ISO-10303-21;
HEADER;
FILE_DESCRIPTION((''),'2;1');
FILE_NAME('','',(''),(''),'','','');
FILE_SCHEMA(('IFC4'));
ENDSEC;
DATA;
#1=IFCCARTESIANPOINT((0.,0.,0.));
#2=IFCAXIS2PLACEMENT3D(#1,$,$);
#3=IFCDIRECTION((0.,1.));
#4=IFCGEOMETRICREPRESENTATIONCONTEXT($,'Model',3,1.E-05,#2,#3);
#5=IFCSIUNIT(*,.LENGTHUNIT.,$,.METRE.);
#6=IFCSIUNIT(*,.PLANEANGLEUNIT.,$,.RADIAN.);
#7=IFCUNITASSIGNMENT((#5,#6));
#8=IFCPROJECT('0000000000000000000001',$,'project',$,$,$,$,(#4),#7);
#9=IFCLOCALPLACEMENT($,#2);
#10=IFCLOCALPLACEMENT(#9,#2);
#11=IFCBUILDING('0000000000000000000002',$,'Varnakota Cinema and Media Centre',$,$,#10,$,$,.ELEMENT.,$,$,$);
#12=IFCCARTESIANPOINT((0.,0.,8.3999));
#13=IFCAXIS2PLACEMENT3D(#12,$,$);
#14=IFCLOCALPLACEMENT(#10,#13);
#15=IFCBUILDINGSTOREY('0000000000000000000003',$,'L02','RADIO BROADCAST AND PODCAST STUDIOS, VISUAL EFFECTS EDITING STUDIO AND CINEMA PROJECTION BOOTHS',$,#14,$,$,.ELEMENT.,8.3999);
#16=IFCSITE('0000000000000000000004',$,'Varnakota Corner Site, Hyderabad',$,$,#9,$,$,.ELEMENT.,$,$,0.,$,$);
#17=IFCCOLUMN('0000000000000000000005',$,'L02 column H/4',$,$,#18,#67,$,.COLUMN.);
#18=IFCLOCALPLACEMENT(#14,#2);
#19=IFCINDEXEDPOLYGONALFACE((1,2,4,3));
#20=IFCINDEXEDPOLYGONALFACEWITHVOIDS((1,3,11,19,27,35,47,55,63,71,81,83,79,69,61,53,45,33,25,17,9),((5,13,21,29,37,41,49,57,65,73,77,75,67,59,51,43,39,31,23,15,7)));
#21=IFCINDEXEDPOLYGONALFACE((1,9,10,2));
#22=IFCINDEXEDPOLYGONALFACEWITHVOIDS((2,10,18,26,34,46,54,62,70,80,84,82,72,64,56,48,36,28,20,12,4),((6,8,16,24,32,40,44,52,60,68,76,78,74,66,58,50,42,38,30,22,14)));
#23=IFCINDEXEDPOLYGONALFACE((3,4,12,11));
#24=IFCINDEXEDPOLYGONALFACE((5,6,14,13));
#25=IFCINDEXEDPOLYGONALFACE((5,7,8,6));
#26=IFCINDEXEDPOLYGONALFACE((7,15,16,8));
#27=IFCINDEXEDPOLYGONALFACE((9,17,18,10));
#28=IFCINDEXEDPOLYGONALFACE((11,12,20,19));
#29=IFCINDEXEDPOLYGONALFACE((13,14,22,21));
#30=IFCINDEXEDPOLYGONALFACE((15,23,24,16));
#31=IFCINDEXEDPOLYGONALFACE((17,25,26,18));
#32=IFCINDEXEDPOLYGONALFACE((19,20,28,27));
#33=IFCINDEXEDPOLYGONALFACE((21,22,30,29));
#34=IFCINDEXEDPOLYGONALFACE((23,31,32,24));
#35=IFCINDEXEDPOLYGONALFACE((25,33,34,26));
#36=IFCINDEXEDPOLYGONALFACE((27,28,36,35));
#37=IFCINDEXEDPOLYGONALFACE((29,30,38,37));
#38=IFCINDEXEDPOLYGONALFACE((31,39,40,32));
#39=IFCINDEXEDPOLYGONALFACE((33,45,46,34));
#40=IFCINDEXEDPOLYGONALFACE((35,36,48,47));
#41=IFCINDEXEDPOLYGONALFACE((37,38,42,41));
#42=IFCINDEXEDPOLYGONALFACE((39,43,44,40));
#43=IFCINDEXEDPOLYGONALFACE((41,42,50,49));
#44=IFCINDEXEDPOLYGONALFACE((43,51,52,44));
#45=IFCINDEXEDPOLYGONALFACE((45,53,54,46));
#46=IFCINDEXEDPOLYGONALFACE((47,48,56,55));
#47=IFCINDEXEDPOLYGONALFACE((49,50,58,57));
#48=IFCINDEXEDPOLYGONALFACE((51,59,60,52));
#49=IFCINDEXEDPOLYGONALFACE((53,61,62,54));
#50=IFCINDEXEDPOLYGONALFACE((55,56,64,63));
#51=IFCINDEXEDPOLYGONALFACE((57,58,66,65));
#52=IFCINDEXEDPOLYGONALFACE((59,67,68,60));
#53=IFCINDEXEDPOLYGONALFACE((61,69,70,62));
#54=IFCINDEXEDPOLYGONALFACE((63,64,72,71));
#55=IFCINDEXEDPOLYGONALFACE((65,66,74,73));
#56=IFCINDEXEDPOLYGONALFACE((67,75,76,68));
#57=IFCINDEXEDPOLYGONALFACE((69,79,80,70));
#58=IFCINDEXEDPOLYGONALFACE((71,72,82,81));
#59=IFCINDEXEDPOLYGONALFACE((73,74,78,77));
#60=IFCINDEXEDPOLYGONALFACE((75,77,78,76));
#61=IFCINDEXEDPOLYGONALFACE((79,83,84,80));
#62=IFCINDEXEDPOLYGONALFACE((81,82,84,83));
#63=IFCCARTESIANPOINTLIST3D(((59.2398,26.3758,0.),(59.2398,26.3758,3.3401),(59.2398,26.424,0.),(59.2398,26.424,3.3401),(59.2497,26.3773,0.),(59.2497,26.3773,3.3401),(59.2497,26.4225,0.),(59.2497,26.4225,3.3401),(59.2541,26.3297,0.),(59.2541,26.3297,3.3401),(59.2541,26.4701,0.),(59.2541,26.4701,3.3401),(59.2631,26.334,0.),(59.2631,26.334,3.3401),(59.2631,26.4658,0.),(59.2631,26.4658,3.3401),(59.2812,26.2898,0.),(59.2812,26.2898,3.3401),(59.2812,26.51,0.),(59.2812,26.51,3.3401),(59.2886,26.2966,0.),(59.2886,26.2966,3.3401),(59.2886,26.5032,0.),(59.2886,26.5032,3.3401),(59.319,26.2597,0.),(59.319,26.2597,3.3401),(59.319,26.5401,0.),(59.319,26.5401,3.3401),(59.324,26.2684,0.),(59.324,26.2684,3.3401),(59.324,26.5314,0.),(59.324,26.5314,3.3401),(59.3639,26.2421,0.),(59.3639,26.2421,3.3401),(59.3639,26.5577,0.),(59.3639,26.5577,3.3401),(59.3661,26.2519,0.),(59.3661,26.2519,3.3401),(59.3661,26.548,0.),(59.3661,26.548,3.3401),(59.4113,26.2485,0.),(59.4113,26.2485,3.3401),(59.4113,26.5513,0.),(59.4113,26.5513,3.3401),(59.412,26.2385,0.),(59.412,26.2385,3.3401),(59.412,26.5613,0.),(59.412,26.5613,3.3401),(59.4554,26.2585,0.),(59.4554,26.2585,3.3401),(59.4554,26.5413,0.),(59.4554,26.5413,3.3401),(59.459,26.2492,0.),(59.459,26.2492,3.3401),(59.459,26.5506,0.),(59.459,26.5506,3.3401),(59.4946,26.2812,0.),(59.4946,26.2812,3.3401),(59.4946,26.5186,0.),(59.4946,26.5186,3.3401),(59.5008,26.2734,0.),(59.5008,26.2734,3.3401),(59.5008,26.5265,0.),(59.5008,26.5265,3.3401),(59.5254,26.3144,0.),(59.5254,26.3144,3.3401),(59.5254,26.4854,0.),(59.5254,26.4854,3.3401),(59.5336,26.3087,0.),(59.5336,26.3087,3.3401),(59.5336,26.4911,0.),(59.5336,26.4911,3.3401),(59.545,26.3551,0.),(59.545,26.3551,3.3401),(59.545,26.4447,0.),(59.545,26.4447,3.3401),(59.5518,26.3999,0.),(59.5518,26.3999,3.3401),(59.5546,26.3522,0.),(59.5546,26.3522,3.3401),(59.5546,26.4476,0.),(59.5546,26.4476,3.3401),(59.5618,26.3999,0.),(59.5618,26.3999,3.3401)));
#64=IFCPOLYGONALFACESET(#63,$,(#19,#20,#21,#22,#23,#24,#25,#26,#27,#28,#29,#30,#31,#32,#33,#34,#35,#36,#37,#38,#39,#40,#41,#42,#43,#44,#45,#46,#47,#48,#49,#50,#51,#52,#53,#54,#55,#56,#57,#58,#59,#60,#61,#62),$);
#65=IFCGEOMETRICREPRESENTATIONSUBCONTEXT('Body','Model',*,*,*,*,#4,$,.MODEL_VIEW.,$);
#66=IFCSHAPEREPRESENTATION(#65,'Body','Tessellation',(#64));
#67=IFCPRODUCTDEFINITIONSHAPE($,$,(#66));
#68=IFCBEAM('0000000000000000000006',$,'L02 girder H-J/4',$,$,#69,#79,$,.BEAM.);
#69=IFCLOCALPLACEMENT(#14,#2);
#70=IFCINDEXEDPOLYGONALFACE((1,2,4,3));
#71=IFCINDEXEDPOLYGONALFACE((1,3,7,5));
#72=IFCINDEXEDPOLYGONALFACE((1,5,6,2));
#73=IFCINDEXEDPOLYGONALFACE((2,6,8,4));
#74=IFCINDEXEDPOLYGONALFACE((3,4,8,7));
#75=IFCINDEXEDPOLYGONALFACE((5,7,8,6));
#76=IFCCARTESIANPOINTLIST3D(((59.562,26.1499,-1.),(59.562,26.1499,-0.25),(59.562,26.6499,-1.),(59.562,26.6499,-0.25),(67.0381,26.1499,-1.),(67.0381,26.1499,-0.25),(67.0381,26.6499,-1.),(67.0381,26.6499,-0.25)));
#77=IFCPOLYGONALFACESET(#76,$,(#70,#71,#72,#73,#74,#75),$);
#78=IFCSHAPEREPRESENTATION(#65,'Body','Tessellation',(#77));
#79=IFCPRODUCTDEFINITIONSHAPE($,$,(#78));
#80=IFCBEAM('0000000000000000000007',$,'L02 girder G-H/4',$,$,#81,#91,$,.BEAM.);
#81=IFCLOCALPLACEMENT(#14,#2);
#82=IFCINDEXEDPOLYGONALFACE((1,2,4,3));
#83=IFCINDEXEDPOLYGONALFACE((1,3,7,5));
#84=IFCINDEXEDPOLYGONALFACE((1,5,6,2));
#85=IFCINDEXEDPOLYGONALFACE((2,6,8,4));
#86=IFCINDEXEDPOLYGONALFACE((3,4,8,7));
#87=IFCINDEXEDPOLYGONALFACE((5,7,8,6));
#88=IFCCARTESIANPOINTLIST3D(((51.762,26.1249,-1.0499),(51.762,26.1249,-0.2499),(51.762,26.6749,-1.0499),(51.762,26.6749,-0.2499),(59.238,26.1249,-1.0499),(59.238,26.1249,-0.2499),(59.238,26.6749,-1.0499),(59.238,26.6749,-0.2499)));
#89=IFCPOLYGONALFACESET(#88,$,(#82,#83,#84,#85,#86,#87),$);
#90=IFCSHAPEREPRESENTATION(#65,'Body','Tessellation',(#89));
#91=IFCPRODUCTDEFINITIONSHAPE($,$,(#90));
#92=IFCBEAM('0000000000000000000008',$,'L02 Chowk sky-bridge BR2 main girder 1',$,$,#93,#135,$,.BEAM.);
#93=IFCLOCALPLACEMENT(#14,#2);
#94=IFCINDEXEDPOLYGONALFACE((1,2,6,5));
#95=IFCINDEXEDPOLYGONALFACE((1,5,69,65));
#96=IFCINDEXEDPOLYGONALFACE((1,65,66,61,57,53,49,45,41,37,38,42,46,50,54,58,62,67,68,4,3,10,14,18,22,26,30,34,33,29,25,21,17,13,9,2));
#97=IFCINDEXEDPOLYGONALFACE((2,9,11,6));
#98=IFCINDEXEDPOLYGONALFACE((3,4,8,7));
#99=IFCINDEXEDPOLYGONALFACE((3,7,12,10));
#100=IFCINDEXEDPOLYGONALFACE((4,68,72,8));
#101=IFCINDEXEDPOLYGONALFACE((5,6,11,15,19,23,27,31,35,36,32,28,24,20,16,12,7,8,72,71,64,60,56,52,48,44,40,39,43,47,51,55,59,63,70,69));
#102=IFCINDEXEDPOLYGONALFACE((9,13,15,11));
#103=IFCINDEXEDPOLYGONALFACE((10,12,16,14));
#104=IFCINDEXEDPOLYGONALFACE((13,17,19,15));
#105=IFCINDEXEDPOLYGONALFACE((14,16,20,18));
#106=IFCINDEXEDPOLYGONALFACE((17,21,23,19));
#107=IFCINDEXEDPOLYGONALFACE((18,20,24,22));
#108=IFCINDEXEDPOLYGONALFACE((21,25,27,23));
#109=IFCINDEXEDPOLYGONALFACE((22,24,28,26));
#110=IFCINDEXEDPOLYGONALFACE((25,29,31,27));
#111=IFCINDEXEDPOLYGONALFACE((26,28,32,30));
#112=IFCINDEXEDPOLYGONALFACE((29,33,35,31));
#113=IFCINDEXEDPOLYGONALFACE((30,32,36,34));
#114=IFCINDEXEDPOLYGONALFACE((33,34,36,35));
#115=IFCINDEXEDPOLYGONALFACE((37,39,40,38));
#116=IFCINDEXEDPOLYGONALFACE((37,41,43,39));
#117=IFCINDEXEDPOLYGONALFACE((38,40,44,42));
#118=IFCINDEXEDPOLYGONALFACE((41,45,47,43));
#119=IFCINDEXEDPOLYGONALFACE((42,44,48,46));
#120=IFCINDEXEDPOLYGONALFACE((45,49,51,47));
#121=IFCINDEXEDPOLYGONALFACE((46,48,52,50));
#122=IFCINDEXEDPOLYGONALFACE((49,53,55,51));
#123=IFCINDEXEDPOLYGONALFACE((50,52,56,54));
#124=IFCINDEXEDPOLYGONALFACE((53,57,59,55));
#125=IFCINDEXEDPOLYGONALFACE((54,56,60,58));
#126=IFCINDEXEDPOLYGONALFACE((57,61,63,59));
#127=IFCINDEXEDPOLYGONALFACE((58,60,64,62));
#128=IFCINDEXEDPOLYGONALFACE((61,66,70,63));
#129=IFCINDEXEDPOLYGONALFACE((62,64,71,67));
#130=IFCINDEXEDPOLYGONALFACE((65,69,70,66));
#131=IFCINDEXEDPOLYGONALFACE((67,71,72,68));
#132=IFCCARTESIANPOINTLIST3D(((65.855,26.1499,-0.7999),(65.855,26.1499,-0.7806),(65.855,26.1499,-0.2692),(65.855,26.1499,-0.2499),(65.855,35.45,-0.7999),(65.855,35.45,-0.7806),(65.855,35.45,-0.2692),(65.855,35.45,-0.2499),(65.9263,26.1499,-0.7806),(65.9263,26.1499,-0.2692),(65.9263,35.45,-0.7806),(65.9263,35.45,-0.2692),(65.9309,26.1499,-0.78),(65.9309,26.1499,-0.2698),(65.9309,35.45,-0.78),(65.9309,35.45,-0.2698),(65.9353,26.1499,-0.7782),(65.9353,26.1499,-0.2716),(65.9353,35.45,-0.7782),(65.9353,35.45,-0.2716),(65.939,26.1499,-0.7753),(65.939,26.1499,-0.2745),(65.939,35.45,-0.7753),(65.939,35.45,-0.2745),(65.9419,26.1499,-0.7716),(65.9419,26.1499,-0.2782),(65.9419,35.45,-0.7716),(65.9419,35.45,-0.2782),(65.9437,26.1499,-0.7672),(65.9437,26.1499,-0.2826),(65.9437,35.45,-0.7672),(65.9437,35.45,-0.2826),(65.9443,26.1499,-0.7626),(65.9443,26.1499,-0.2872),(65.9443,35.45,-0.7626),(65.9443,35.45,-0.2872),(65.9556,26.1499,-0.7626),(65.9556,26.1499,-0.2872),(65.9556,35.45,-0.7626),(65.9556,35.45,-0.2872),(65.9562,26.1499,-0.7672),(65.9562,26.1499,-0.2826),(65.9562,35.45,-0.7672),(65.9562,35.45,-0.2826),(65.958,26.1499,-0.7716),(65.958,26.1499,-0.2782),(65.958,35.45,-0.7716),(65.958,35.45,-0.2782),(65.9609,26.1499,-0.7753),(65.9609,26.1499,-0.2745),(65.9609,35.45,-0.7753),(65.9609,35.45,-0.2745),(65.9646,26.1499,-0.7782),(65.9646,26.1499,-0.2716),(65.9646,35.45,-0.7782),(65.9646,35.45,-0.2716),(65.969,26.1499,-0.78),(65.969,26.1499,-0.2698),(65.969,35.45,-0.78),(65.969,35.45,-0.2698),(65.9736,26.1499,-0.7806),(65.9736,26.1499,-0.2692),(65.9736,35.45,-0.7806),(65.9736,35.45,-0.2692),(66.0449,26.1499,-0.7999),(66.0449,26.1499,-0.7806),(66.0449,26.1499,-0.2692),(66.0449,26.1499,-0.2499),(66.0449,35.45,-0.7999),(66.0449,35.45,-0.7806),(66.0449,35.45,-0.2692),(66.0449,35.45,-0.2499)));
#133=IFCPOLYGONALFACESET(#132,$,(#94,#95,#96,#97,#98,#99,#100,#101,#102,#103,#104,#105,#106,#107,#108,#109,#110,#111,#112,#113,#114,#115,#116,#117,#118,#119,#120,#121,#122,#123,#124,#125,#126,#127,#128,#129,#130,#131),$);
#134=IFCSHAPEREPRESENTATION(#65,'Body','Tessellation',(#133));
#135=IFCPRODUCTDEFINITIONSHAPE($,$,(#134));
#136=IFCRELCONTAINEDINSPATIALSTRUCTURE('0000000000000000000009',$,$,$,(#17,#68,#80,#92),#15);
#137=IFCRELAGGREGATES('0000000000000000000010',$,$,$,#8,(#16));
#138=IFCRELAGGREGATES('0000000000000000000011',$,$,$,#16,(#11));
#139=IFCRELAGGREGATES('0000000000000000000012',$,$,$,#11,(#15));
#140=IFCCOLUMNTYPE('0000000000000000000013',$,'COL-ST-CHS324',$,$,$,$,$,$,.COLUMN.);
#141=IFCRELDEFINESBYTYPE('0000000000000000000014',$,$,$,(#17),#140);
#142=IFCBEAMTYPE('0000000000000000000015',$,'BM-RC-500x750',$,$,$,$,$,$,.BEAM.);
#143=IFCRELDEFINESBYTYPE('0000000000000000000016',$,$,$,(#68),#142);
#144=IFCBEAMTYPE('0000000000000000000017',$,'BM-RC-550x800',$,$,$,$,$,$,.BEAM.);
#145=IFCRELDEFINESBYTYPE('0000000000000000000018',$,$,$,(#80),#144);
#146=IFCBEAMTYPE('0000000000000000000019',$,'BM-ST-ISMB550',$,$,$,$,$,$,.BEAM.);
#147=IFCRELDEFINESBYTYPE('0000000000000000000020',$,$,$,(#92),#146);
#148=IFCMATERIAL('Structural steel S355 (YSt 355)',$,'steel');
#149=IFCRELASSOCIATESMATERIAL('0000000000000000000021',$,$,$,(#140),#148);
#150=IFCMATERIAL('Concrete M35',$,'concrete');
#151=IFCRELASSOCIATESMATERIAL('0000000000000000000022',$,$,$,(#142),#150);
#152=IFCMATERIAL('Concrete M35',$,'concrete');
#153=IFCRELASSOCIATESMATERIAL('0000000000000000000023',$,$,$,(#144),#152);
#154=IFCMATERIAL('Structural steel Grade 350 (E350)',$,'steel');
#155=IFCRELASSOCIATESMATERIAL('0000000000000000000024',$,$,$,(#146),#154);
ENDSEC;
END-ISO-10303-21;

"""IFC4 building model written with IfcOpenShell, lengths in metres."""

from ifc_helpers import new_model, si_unit, direction, frame, origin, origin_2d, place, context, subcontext, project, spatial, rectangle, hollow_circle, i_section, extrude, material, material_profile, profile_set, type_object, element, save


model = new_model("IFC4")

# Units and contexts
model_context = context("Model", 3, precision=1e-05, world=origin(), true_north=direction((0.0, 1.0)))
body_context = subcontext(model_context, "Body", "Model", "MODEL_VIEW")
ifc_project = project(units=[si_unit("LENGTHUNIT", "METRE"), si_unit("PLANEANGLEUNIT", "RADIAN")], contexts=[model_context])

# Site, building, storey
site_placement = place(None, origin())
site = spatial("IfcSite", under=ifc_project, at=site_placement, Name="Varnakota Corner Site, Hyderabad", CompositionType="ELEMENT", RefElevation=0.0)
building_placement = place(site_placement, origin())
building = spatial("IfcBuilding", under=site, at=building_placement, Name="Varnakota Cinema and Media Centre", CompositionType="ELEMENT")
storey_placement = place(building_placement, frame((0.0, 0.0, 8.3999)))
storey = spatial("IfcBuildingStorey", under=building, at=storey_placement, Name="L02", Description="RADIO BROADCAST AND PODCAST STUDIOS, VISUAL EFFECTS EDITING STUDIO AND CINEMA PROJECTION BOOTHS", CompositionType="ELEMENT", Elevation=8.3999)

# Column
ifc_material_1 = material(Name="Structural steel S355 (YSt 355)", Category="steel")
ifc_material_profile_1 = material_profile(ifc_material_1, hollow_circle(Radius=0.1619, WallThickness=0.01, at=origin_2d()), Name="CHS 323.9x10.0")
ifc_profile_set_1 = profile_set([ifc_material_profile_1], Name="Structural steel S355 (YSt 355)")
column_type = type_object("IfcColumnType", Name="COL-ST-CHS324", PredefinedType="COLUMN", material=ifc_profile_set_1)
column_placement = place(storey_placement, frame((59.3999, 26.3999, 0.0), z_axis=(0.0, 0.0, 1.0), x_axis=(1.0, 0.0, 0.0)))
element("IfcColumn", 1, at=column_placement, inside=storey, type_object=column_type, Name="L02 column H/4", PredefinedType="COLUMN", context=body_context, shape_type="SweptSolid", body=[
    extrude(hollow_circle(Radius=0.1619, WallThickness=0.01, at=origin_2d()), origin(), (0.0, 0.0, 1.0), 3.3401),
])

# Beams
ifc_material_2 = material(Name="Concrete M35", Category="concrete")
ifc_material_profile_2 = material_profile(ifc_material_2, rectangle(XDim=0.5, YDim=0.75, at=origin_2d()), Name="RCB 500x750")
ifc_profile_set_2 = profile_set([ifc_material_profile_2], Name="Concrete M35")
beam_type_1 = type_object("IfcBeamType", Name="BM-RC-500x750", PredefinedType="BEAM", material=ifc_profile_set_2)
beam_1_placement = place(storey_placement, frame((59.562, 26.3999, -0.625), z_axis=(1.0, 0.0, 0.0), x_axis=(0.0, 1.0, 0.0)))
element("IfcBeam", 2, at=beam_1_placement, inside=storey, type_object=beam_type_1, Name="L02 girder H-J/4", PredefinedType="BEAM", context=body_context, shape_type="SweptSolid", body=[
    extrude(rectangle(XDim=0.5, YDim=0.75, at=origin_2d()), origin(), (0.0, 0.0, 1.0), 7.4761),
])
ifc_material_3 = material(Name="Concrete M35", Category="concrete")
ifc_material_profile_3 = material_profile(ifc_material_3, rectangle(XDim=0.55, YDim=0.8, at=origin_2d()), Name="RCB 550x800")
ifc_profile_set_3 = profile_set([ifc_material_profile_3], Name="Concrete M35")
beam_type_2 = type_object("IfcBeamType", Name="BM-RC-550x800", PredefinedType="BEAM", material=ifc_profile_set_3)
beam_2_placement = place(storey_placement, frame((51.762, 26.3999, -0.6499), z_axis=(1.0, 0.0, 0.0), x_axis=(0.0, 1.0, 0.0)))
element("IfcBeam", 3, at=beam_2_placement, inside=storey, type_object=beam_type_2, Name="L02 girder G-H/4", PredefinedType="BEAM", context=body_context, shape_type="SweptSolid", body=[
    extrude(rectangle(XDim=0.55, YDim=0.8, at=origin_2d()), origin(), (0.0, 0.0, 1.0), 7.4761),
])
ifc_material_4 = material(Name="Structural steel Grade 350 (E350)", Category="steel")
ifc_material_profile_4 = material_profile(ifc_material_4, i_section(OverallWidth=0.1899, OverallDepth=0.55, WebThickness=0.0112, FlangeThickness=0.0193, FilletRadius=0.0181, at=origin_2d()), Name="ISMB 550")
ifc_profile_set_4 = profile_set([ifc_material_profile_4], Name="Structural steel Grade 350 (E350)")
beam_type_3 = type_object("IfcBeamType", Name="BM-ST-ISMB550", PredefinedType="BEAM", material=ifc_profile_set_4)
beam_3_placement = place(storey_placement, frame((65.95, 26.1499, -0.5249), z_axis=(0.0, 1.0, 0.0), x_axis=(-1.0, 0.0, 0.0)))
element("IfcBeam", 4, at=beam_3_placement, inside=storey, type_object=beam_type_3, Name="L02 Chowk sky-bridge BR2 main girder 1", PredefinedType="BEAM", context=body_context, shape_type="SweptSolid", body=[
    extrude(i_section(OverallWidth=0.1899, OverallDepth=0.55, WebThickness=0.0112, FlangeThickness=0.0193, FilletRadius=0.0181, at=origin_2d()), origin(), (0.0, 0.0, 1.0), 9.3),
])

save(model, "model.ifc")
